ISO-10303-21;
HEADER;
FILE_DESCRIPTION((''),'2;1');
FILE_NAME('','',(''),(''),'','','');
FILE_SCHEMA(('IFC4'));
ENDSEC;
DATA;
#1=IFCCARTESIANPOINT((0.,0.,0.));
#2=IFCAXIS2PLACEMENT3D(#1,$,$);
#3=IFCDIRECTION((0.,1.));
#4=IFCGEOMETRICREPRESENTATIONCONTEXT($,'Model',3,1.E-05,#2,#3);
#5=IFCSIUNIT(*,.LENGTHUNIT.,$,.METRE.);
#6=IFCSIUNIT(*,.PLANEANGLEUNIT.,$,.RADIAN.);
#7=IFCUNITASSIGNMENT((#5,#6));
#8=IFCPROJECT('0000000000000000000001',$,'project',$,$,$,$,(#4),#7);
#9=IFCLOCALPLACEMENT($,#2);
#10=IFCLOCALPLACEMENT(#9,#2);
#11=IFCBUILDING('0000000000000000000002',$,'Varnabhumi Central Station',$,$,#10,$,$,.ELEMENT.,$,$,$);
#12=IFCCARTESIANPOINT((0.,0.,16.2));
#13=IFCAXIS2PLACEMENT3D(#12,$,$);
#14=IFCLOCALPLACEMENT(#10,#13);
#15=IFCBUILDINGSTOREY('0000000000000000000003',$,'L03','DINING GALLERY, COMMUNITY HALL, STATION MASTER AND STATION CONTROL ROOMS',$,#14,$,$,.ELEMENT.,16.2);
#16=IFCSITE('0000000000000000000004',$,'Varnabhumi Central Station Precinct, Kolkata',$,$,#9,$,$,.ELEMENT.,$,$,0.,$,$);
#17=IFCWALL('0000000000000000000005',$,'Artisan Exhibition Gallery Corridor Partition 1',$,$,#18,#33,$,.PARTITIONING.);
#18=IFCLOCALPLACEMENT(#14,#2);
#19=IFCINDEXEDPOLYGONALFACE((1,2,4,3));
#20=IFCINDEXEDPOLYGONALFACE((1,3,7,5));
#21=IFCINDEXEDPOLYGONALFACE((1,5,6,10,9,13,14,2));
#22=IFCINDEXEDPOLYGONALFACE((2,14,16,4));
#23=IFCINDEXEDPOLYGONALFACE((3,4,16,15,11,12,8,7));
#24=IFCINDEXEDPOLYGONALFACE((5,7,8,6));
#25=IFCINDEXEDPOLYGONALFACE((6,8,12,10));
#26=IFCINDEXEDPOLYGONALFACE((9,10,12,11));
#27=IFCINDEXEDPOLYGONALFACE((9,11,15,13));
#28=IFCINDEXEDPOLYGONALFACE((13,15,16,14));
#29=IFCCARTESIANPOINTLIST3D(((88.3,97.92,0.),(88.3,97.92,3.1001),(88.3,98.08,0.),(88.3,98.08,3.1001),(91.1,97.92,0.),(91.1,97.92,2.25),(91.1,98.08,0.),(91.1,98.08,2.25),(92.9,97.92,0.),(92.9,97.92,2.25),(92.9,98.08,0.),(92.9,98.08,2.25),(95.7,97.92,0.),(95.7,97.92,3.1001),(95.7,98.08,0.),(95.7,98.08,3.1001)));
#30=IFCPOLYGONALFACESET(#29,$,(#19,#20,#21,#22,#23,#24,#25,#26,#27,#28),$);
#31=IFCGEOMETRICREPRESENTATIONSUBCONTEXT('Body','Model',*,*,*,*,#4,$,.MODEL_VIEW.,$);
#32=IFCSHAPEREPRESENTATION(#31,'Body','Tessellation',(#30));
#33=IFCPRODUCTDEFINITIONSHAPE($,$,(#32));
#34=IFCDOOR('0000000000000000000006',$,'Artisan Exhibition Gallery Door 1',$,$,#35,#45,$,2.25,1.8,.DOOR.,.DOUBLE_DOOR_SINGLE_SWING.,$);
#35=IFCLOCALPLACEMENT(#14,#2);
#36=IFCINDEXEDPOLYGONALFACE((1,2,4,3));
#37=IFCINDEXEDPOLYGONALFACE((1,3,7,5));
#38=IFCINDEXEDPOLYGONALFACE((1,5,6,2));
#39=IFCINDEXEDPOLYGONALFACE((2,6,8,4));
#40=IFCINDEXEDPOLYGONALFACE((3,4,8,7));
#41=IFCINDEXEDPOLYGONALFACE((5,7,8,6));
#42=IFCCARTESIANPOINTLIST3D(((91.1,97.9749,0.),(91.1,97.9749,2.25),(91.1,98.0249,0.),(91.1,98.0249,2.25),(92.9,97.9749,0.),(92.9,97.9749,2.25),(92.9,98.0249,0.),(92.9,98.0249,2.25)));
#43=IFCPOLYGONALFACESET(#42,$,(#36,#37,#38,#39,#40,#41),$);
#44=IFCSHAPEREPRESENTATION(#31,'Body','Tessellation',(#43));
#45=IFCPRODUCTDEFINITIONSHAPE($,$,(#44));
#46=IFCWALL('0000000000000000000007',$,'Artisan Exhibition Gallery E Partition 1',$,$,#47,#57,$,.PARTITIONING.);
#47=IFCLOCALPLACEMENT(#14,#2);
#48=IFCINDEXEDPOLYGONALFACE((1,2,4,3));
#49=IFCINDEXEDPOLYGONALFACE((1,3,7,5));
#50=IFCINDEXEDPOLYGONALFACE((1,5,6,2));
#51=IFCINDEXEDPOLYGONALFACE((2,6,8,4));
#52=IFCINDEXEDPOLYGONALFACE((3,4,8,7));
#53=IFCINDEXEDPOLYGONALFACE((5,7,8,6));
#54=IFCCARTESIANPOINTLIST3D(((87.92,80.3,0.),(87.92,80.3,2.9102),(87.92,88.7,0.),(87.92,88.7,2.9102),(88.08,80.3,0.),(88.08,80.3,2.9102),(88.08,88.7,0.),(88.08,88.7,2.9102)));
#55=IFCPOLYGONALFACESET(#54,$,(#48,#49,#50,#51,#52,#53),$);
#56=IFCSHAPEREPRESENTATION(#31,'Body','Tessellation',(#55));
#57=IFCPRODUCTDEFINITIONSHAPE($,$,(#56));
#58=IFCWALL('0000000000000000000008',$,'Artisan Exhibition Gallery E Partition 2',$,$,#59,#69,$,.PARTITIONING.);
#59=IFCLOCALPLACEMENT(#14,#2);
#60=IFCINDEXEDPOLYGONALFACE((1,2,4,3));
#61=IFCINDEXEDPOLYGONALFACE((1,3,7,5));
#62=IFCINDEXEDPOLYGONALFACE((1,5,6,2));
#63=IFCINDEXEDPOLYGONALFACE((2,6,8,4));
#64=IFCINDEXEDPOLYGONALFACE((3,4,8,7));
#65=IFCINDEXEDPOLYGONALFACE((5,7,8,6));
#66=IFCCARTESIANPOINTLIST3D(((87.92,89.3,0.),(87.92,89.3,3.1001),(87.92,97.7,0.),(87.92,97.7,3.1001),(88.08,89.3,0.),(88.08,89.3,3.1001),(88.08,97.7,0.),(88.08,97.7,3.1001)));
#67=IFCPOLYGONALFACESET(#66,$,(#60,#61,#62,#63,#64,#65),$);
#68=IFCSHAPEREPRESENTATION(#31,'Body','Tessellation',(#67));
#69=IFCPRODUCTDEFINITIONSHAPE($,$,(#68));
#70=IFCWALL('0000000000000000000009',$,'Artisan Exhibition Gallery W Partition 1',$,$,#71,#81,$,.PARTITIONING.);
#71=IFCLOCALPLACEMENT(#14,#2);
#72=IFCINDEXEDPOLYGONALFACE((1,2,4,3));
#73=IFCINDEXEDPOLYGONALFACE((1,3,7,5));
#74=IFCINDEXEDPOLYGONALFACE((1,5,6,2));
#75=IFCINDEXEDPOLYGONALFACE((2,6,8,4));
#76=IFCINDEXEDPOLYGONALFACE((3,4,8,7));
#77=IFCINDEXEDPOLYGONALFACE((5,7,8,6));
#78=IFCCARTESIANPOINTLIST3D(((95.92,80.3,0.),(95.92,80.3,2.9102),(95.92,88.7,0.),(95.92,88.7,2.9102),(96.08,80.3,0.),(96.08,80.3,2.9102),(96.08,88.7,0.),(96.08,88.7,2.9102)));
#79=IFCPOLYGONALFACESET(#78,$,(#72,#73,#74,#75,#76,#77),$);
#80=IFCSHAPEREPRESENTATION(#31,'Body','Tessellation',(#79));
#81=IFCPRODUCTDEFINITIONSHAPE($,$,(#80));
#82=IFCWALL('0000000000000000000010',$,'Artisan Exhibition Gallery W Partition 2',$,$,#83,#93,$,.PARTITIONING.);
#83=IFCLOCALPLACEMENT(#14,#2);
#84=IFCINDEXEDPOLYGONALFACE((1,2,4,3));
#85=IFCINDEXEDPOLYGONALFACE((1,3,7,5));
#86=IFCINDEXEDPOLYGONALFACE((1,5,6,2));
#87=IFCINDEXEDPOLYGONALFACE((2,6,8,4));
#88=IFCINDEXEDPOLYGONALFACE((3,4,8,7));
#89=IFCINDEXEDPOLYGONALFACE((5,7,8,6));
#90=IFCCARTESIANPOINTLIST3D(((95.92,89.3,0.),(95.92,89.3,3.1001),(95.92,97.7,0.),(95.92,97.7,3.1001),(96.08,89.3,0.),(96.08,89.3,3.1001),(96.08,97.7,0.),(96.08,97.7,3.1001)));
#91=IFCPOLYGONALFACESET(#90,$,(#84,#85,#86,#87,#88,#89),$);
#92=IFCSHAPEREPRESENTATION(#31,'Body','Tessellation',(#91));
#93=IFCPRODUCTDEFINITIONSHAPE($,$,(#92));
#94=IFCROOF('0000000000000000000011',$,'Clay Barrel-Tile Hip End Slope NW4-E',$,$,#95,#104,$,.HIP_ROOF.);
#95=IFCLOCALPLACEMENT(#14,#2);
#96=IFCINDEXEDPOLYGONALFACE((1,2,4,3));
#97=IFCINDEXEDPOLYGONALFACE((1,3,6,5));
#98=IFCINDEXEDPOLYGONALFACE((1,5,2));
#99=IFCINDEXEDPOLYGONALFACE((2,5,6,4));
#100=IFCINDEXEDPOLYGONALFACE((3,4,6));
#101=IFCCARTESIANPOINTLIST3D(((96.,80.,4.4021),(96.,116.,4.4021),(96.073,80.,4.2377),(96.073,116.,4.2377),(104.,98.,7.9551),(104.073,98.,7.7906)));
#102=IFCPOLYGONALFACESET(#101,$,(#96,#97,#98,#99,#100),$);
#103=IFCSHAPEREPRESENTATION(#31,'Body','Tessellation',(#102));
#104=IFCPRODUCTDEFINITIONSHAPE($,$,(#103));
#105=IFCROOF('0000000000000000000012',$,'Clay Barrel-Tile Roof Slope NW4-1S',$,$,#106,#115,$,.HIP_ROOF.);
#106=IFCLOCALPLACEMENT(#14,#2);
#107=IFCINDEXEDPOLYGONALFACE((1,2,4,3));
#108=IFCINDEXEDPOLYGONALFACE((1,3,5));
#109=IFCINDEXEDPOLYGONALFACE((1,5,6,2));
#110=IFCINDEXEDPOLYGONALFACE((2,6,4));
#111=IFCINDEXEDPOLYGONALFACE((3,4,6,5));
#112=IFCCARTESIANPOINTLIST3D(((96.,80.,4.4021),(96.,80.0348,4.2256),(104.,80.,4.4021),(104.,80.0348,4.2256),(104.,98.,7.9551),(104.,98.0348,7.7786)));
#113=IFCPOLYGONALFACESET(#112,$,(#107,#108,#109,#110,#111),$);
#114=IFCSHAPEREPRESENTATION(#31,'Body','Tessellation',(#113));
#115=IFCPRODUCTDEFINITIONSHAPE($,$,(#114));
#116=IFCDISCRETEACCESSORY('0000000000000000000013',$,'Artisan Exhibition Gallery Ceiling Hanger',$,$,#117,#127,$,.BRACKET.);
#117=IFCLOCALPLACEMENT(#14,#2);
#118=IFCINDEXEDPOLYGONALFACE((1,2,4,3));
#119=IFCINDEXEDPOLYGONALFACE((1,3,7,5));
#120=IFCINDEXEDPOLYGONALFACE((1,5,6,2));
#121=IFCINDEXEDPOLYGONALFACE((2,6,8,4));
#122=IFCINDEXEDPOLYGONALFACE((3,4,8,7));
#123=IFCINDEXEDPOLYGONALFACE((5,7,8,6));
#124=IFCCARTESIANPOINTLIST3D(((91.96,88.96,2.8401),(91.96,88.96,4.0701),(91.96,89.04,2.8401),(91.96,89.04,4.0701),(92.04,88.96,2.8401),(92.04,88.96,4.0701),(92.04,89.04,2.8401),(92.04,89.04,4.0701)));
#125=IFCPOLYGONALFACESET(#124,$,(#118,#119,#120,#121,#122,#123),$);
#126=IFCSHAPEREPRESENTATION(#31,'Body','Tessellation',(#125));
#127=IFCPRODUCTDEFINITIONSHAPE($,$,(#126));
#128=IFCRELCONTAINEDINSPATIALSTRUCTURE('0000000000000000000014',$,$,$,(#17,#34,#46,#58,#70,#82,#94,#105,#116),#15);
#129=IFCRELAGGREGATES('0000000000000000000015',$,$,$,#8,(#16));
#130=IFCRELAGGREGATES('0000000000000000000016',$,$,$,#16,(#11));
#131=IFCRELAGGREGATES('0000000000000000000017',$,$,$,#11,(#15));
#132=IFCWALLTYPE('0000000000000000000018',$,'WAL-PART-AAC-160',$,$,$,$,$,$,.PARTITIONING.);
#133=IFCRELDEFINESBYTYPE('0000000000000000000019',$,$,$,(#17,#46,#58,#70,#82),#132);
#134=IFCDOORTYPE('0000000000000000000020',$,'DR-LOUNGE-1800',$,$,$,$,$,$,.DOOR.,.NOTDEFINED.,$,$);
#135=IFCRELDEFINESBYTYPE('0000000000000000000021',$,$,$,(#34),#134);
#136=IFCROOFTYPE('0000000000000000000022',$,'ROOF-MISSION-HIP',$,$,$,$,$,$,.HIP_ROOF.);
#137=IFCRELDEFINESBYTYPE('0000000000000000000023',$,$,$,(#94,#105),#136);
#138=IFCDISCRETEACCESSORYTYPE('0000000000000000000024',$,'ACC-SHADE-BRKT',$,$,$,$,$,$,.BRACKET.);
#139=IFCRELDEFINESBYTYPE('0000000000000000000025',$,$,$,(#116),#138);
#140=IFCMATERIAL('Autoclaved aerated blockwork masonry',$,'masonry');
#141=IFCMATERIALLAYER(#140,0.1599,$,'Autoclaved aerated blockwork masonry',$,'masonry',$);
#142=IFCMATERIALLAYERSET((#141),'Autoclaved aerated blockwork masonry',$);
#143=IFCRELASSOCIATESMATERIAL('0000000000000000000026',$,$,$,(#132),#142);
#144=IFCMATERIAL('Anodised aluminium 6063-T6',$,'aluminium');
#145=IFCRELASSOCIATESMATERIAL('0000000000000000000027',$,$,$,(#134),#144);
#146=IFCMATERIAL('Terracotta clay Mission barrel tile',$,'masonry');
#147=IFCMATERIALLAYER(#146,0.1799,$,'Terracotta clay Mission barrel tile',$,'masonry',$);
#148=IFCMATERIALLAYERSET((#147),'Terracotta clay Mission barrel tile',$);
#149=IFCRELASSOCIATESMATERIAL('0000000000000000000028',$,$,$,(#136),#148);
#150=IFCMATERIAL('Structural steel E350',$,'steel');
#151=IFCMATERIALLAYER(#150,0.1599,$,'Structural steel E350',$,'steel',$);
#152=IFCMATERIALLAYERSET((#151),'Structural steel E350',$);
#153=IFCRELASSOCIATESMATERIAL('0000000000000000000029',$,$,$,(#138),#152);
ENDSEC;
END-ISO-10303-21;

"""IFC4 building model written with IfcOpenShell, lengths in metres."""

from ifc_helpers import new_model, si_unit, direction, frame, frame_2d, origin, origin_2d, place, context, subcontext, project, spatial, polyline, rectangle, outline, extrude, material, layer, layer_set, type_object, element, fill, save


model = new_model("IFC4")

# Units and contexts
model_context = context("Model", 3, precision=1e-05, world=origin(), true_north=direction((0.0, 1.0)))
body_context = subcontext(model_context, "Body", "Model", "MODEL_VIEW")
ifc_project = project(units=[si_unit("LENGTHUNIT", "METRE"), si_unit("PLANEANGLEUNIT", "RADIAN")], contexts=[model_context])

# Site, building, storey
site_placement = place(None, origin())
site = spatial("IfcSite", under=ifc_project, at=site_placement, Name="Varnabhumi Central Station Precinct, Kolkata", CompositionType="ELEMENT", RefElevation=0.0)
building_placement = place(site_placement, origin())
building = spatial("IfcBuilding", under=site, at=building_placement, Name="Varnabhumi Central Station", CompositionType="ELEMENT")
storey_placement = place(building_placement, frame((0.0, 0.0, 16.2)))
storey = spatial("IfcBuildingStorey", under=building, at=storey_placement, Name="L03", Description="DINING GALLERY, COMMUNITY HALL, STATION MASTER AND STATION CONTROL ROOMS", CompositionType="ELEMENT", Elevation=16.2)

# Shared definitions
ifc_material_1 = material(Name="Structural steel E350", Category="steel")

# Shared definitions
ifc_material_2 = material(Name="Anodised aluminium 6063-T6", Category="aluminium")

# Wall, opening, door
ifc_material_3 = material(Name="Autoclaved aerated blockwork masonry", Category="masonry")
ifc_layer_1 = layer(ifc_material_3, 0.1599, Name="Autoclaved aerated blockwork masonry", Category="masonry")
ifc_layer_set_1 = layer_set([ifc_layer_1], Name="Autoclaved aerated blockwork masonry")
wall_type = type_object("IfcWallType", Name="WAL-PART-AAC-160", PredefinedType="PARTITIONING", material=ifc_layer_set_1)
wall_1_placement = place(storey_placement, frame((88.3, 98.0, 0.0), z_axis=(0.0, 0.0, 1.0), x_axis=(1.0, 0.0, 0.0)))
wall_1 = element("IfcWall", 1, at=wall_1_placement, inside=storey, type_object=wall_type, Name="Artisan Exhibition Gallery Corridor Partition 1", PredefinedType="PARTITIONING", context=body_context, shape_type="SweptSolid", body=[
    extrude(rectangle(XDim=7.3999, YDim=0.1599, at=frame_2d((3.7, 0.0))), origin(), (0.0, 0.0, 1.0), 3.1001),
])
opening_placement = place(wall_1_placement, frame((2.8, 0.0, 0.0)))
opening = element("IfcOpeningElement", 2, at=opening_placement, cuts=wall_1, PredefinedType="OPENING", context=body_context, shape_type="SweptSolid", body=[
    extrude(rectangle(XDim=1.8, YDim=2.25, at=frame_2d((0.8999, 1.125))), frame((0.0, 0.0898, 0.0), z_axis=(0.0, -1.0, 0.0), x_axis=(1.0, 0.0, 0.0)), (0.0, 0.0, 1.0), 0.1799),
])
door_type = type_object("IfcDoorType", Name="DR-LOUNGE-1800", OperationType="NOTDEFINED", PredefinedType="DOOR", material=ifc_material_2)
door_placement = place(opening_placement, origin())
door = element("IfcDoor", 3, at=door_placement, inside=storey, type_object=door_type, Name="Artisan Exhibition Gallery Door 1", OperationType="DOUBLE_DOOR_SINGLE_SWING", OverallHeight=2.25, OverallWidth=1.8, PredefinedType="DOOR", context=body_context, shape_type="SweptSolid", body=[
    extrude(rectangle(XDim=1.8, YDim=2.25, at=frame_2d((0.8999, 1.125))), frame((0.0, 0.0249, 0.0), z_axis=(0.0, -1.0, 0.0), x_axis=(1.0, 0.0, 0.0)), (0.0, 0.0, 1.0), 0.05),
])
fill(opening, door)

# Walls
wall_2_placement = place(storey_placement, frame((88.0, 80.3, 0.0), z_axis=(0.0, 0.0, 1.0), x_axis=(0.0, 1.0, 0.0)))
element("IfcWall", 4, at=wall_2_placement, inside=storey, type_object=wall_type, Name="Artisan Exhibition Gallery E Partition 1", PredefinedType="PARTITIONING", context=body_context, shape_type="SweptSolid", body=[
    extrude(rectangle(XDim=8.3999, YDim=0.1599, at=frame_2d((4.2, 0.0))), origin(), (0.0, 0.0, 1.0), 2.9102),
])
wall_3_placement = place(storey_placement, frame((88.0, 89.3, 0.0), z_axis=(0.0, 0.0, 1.0), x_axis=(0.0, 1.0, 0.0)))
element("IfcWall", 5, at=wall_3_placement, inside=storey, type_object=wall_type, Name="Artisan Exhibition Gallery E Partition 2", PredefinedType="PARTITIONING", context=body_context, shape_type="SweptSolid", body=[
    extrude(rectangle(XDim=8.3999, YDim=0.1599, at=frame_2d((4.2, 0.0))), origin(), (0.0, 0.0, 1.0), 3.1001),
])
wall_4_placement = place(storey_placement, frame((96.0, 80.3, 0.0), z_axis=(0.0, 0.0, 1.0), x_axis=(0.0, 1.0, 0.0)))
element("IfcWall", 6, at=wall_4_placement, inside=storey, type_object=wall_type, Name="Artisan Exhibition Gallery W Partition 1", PredefinedType="PARTITIONING", context=body_context, shape_type="SweptSolid", body=[
    extrude(rectangle(XDim=8.3999, YDim=0.1599, at=frame_2d((4.2, 0.0))), origin(), (0.0, 0.0, 1.0), 2.9102),
])
wall_5_placement = place(storey_placement, frame((96.0, 89.3, 0.0), z_axis=(0.0, 0.0, 1.0), x_axis=(0.0, 1.0, 0.0)))
element("IfcWall", 7, at=wall_5_placement, inside=storey, type_object=wall_type, Name="Artisan Exhibition Gallery W Partition 2", PredefinedType="PARTITIONING", context=body_context, shape_type="SweptSolid", body=[
    extrude(rectangle(XDim=8.3999, YDim=0.1599, at=frame_2d((4.2, 0.0))), origin(), (0.0, 0.0, 1.0), 3.1001),
])

# Roofs
ifc_material_4 = material(Name="Terracotta clay Mission barrel tile", Category="masonry")
ifc_layer_2 = layer(ifc_material_4, 0.1799, Name="Terracotta clay Mission barrel tile", Category="masonry")
ifc_layer_set_2 = layer_set([ifc_layer_2], Name="Terracotta clay Mission barrel tile")
roof_type = type_object("IfcRoofType", Name="ROOF-MISSION-HIP", PredefinedType="HIP_ROOF", material=ifc_layer_set_2)
roof_1_placement = place(storey_placement, frame((96.0, 80.0, 4.4021), z_axis=(-0.405893, 0.0, 0.913921), x_axis=(0.0, 1.0, 0.0)))
element("IfcRoof", 8, at=roof_1_placement, inside=storey, type_object=roof_type, Name="Clay Barrel-Tile Hip End Slope NW4-E", PredefinedType="HIP_ROOF", context=body_context, shape_type="SweptSolid", body=[
    extrude(outline(polyline([(0.0, 0.0), (36.0, 0.0), (18.0, -8.7535), (0.0, 0.0)])), origin(), (0.0, 0.0, -1.0), 0.1799),
])
roof_2_placement = place(storey_placement, frame((96.0, 80.0, 4.4021), z_axis=(0.0, -0.193651, 0.98107), x_axis=(1.0, 0.0, 0.0)))
element("IfcRoof", 9, at=roof_2_placement, inside=storey, type_object=roof_type, Name="Clay Barrel-Tile Roof Slope NW4-1S", PredefinedType="HIP_ROOF", context=body_context, shape_type="SweptSolid", body=[
    extrude(outline(polyline([(0.0, 0.0), (8.0, 0.0), (8.0, 18.3473), (0.0, 0.0)])), origin(), (0.0, 0.0, -1.0), 0.1799),
])

# Discrete accessory
ifc_layer_3 = layer(ifc_material_1, 0.1599, Name="Structural steel E350", Category="steel")
ifc_layer_set_3 = layer_set([ifc_layer_3], Name="Structural steel E350")
discrete_accessory_type = type_object("IfcDiscreteAccessoryType", Name="ACC-SHADE-BRKT", PredefinedType="BRACKET", material=ifc_layer_set_3)
discrete_accessory_placement = place(storey_placement, frame((92.0, 89.0, 2.8401), z_axis=(0.0, 0.0, 1.0), x_axis=(1.0, 0.0, 0.0)))
element("IfcDiscreteAccessory", 10, at=discrete_accessory_placement, inside=storey, type_object=discrete_accessory_type, Name="Artisan Exhibition Gallery Ceiling Hanger", PredefinedType="BRACKET", context=body_context, shape_type="SweptSolid", body=[
    extrude(rectangle(XDim=0.0801, YDim=0.0801, at=origin_2d()), origin(), (0.0, 0.0, 1.0), 1.23),
])

save(model, "model.ifc")
